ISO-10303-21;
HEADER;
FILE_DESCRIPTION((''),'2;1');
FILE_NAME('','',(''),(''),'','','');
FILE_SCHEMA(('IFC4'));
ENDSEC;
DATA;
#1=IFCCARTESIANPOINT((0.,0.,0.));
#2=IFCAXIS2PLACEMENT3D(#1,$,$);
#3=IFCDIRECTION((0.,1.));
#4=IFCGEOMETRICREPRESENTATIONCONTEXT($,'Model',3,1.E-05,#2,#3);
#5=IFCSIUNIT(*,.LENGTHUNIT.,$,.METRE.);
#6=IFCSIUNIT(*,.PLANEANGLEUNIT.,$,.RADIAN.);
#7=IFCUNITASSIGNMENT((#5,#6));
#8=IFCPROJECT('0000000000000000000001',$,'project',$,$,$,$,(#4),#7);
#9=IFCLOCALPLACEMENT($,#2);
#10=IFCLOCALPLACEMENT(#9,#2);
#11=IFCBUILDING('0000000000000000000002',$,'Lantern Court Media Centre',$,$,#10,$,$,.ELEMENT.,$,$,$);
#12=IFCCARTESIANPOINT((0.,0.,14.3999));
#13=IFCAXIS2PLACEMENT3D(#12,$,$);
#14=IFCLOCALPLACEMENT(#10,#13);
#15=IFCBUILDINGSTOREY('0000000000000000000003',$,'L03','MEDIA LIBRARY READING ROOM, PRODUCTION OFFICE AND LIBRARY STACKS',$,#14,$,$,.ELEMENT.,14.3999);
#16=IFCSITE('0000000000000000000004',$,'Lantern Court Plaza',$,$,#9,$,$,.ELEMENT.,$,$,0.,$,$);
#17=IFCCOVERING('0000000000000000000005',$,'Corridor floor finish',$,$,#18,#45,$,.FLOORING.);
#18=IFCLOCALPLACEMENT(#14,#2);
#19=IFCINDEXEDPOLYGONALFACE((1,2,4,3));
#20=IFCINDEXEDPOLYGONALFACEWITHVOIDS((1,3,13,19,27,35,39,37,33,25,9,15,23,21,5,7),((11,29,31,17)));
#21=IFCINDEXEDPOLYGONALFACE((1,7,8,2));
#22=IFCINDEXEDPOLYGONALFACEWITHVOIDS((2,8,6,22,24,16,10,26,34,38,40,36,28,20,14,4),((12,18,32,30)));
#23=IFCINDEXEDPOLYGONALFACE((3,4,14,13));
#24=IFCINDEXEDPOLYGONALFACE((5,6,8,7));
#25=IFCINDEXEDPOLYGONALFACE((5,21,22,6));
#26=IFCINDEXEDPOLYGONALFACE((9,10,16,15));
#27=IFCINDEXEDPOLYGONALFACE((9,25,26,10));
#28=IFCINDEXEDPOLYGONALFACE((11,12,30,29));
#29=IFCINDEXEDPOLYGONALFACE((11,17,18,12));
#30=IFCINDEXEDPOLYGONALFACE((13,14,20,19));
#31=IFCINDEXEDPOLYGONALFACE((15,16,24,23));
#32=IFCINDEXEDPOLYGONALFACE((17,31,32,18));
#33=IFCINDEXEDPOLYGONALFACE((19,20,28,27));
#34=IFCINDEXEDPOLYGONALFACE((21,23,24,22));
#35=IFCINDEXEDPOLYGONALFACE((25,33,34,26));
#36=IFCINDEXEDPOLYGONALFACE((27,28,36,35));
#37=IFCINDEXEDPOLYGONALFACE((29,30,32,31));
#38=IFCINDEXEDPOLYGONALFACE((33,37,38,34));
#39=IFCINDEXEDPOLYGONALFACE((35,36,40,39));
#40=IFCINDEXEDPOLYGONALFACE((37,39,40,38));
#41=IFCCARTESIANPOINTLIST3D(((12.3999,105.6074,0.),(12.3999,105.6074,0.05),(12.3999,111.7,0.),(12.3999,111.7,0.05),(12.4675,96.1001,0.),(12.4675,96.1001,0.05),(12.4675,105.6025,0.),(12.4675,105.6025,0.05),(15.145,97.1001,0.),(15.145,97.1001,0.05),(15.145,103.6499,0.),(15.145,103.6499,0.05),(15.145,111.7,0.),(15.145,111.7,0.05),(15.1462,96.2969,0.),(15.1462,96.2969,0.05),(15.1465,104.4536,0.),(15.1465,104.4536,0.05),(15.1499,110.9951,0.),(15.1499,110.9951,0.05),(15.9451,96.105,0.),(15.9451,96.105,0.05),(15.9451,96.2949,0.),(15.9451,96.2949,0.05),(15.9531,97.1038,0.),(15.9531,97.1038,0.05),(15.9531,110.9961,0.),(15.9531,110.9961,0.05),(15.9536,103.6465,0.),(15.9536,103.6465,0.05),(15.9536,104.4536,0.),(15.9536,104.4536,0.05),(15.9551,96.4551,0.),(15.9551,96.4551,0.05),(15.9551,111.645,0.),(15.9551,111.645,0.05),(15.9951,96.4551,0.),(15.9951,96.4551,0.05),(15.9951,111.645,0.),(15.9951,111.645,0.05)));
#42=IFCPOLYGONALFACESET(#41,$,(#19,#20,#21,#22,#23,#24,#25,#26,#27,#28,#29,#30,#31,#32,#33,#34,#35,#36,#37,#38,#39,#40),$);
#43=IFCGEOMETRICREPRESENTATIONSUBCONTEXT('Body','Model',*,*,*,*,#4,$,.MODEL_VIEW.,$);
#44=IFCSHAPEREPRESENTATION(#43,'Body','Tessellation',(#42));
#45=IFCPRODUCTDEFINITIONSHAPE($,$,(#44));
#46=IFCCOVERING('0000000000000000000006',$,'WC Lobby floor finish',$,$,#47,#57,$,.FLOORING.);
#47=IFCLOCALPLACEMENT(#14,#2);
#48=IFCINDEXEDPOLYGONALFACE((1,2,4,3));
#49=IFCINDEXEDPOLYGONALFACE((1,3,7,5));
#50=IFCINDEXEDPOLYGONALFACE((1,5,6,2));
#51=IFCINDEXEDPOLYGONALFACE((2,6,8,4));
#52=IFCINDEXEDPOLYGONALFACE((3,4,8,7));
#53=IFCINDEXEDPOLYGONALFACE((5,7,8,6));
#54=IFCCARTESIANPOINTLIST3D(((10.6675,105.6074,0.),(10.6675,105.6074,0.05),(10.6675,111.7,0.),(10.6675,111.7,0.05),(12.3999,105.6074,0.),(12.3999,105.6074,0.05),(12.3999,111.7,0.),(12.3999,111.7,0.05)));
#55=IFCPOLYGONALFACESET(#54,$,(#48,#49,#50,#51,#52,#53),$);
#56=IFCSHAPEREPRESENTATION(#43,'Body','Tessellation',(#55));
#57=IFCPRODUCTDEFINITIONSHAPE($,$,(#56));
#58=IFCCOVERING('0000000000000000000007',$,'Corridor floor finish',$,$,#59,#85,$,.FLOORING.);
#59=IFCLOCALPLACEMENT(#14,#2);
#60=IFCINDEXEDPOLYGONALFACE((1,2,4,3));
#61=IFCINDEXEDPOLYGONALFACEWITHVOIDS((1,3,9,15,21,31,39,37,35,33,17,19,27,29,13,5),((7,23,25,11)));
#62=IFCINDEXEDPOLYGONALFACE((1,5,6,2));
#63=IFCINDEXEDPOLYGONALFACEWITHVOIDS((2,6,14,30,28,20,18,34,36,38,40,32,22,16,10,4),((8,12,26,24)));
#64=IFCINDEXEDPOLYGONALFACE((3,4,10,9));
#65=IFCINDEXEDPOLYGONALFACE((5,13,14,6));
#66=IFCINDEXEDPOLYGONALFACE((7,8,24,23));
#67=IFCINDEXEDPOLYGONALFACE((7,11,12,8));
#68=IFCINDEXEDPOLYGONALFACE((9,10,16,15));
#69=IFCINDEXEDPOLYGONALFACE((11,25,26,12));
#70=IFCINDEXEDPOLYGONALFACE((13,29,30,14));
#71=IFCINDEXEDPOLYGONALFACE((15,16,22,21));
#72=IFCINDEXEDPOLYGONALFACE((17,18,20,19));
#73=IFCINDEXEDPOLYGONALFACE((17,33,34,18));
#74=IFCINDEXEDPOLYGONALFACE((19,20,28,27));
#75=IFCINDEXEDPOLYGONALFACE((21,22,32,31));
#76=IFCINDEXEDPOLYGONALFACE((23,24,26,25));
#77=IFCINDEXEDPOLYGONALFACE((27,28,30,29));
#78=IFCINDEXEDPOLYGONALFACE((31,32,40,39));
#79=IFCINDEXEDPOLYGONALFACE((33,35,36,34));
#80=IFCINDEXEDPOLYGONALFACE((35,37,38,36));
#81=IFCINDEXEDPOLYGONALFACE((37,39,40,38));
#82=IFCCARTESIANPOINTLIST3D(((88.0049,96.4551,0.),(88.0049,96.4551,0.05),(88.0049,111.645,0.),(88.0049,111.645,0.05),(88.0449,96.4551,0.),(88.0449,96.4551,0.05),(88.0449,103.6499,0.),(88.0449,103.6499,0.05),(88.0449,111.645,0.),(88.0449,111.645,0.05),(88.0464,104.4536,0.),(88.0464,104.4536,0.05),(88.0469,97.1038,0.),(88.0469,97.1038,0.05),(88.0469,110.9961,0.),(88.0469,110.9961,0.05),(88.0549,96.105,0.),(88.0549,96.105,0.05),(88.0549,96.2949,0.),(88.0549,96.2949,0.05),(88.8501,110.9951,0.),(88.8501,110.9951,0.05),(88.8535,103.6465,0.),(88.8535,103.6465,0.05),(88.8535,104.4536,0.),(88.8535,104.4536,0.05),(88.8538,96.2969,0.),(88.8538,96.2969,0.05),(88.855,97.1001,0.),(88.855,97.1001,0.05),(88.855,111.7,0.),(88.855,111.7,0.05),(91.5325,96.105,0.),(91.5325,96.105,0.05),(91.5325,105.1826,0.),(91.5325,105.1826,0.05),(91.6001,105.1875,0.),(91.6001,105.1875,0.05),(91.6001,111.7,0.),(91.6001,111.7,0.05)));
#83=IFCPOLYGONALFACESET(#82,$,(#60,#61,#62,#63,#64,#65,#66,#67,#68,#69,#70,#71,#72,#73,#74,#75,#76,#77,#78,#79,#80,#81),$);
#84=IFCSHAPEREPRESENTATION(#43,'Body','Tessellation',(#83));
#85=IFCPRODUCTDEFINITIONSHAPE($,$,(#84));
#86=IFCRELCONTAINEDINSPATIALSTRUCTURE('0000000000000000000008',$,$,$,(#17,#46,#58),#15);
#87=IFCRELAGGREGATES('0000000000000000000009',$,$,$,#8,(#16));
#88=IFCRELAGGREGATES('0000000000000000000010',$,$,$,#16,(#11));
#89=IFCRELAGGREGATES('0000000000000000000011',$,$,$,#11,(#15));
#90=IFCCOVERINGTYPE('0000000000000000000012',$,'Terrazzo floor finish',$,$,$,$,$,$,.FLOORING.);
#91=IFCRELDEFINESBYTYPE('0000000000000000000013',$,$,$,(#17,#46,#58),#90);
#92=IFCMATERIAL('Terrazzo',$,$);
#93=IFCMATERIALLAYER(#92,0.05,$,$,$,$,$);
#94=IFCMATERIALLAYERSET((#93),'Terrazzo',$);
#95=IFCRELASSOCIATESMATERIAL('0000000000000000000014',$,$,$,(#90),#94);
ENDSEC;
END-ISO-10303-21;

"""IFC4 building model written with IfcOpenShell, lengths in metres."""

from ifc_helpers import new_model, si_unit, direction, frame, origin, place, context, subcontext, project, spatial, polyline, outline, extrude, material, layer, layer_set, type_object, element, save


model = new_model("IFC4")

# Units and contexts
model_context = context("Model", 3, precision=1e-05, world=origin(), true_north=direction((0.0, 1.0)))
body_context = subcontext(model_context, "Body", "Model", "MODEL_VIEW")
ifc_project = project(units=[si_unit("LENGTHUNIT", "METRE"), si_unit("PLANEANGLEUNIT", "RADIAN")], contexts=[model_context])

# Site, building, storey
site_placement = place(None, origin())
site = spatial("IfcSite", under=ifc_project, at=site_placement, Name="Lantern Court Plaza", CompositionType="ELEMENT", RefElevation=0.0)
building_placement = place(site_placement, origin())
building = spatial("IfcBuilding", under=site, at=building_placement, Name="Lantern Court Media Centre", CompositionType="ELEMENT")
storey_placement = place(building_placement, frame((0.0, 0.0, 14.3999)))
storey = spatial("IfcBuildingStorey", under=building, at=storey_placement, Name="L03", Description="MEDIA LIBRARY READING ROOM, PRODUCTION OFFICE AND LIBRARY STACKS", CompositionType="ELEMENT", Elevation=14.3999)

# Coverings
ifc_material_1 = material(Name="Terrazzo")
ifc_layer_1 = layer(ifc_material_1, 0.05)
ifc_layer_set_1 = layer_set([ifc_layer_1], Name="Terrazzo")
covering_type_1 = type_object("IfcCoveringType", Name="Terrazzo floor finish", PredefinedType="FLOORING", material=ifc_layer_set_1)
covering_1_placement = place(storey_placement, origin())
element("IfcCovering", 1, at=covering_1_placement, inside=storey, type_object=covering_type_1, Name="Corridor floor finish", PredefinedType="FLOORING", context=body_context, shape_type="SweptSolid", body=[
    extrude(outline(polyline([(12.3999, 111.7), (15.145, 111.7), (15.1499, 110.9951), (15.9531, 110.9961), (15.9551, 111.645), (15.9951, 111.645), (15.9951, 96.4551), (15.9551, 96.4551), (15.9531, 97.1038), (15.145, 97.1001), (15.1462, 96.2969), (15.9451, 96.2949), (15.9451, 96.105), (12.4675, 96.1001), (12.4675, 105.6025), (12.3999, 105.6074), (12.3999, 111.7)]), holes=[polyline([(15.145, 103.6499), (15.9536, 103.6465), (15.9536, 104.4536), (15.1465, 104.4536), (15.145, 103.6499)])]), origin(), (0.0, 0.0, 1.0), 0.05),
])
covering_2_placement = place(storey_placement, origin())
element("IfcCovering", 2, at=covering_2_placement, inside=storey, type_object=covering_type_1, Name="WC Lobby floor finish", PredefinedType="FLOORING", context=body_context, shape_type="SweptSolid", body=[
    extrude(outline(polyline([(12.3999, 111.7), (12.3999, 105.6074), (10.6675, 105.6074), (10.6675, 111.7), (12.3999, 111.7)])), origin(), (0.0, 0.0, 1.0), 0.05),
])
covering_3_placement = place(storey_placement, origin())
element("IfcCovering", 3, at=covering_3_placement, inside=storey, type_object=covering_type_1, Name="Corridor floor finish", PredefinedType="FLOORING", context=body_context, shape_type="SweptSolid", body=[
    extrude(outline(polyline([(91.6001, 111.7), (91.6001, 105.1875), (91.5325, 105.1826), (91.5325, 96.105), (88.0549, 96.105), (88.0549, 96.2949), (88.8538, 96.2969), (88.855, 97.1001), (88.0469, 97.1038), (88.0449, 96.4551), (88.0049, 96.4551), (88.0049, 111.645), (88.0449, 111.645), (88.0469, 110.9961), (88.8501, 110.9951), (88.855, 111.7), (91.6001, 111.7)]), holes=[polyline([(88.0449, 103.6499), (88.8535, 103.6465), (88.8535, 104.4536), (88.0464, 104.4536), (88.0449, 103.6499)])]), origin(), (0.0, 0.0, 1.0), 0.05),
])

save(model, "model.ifc")
